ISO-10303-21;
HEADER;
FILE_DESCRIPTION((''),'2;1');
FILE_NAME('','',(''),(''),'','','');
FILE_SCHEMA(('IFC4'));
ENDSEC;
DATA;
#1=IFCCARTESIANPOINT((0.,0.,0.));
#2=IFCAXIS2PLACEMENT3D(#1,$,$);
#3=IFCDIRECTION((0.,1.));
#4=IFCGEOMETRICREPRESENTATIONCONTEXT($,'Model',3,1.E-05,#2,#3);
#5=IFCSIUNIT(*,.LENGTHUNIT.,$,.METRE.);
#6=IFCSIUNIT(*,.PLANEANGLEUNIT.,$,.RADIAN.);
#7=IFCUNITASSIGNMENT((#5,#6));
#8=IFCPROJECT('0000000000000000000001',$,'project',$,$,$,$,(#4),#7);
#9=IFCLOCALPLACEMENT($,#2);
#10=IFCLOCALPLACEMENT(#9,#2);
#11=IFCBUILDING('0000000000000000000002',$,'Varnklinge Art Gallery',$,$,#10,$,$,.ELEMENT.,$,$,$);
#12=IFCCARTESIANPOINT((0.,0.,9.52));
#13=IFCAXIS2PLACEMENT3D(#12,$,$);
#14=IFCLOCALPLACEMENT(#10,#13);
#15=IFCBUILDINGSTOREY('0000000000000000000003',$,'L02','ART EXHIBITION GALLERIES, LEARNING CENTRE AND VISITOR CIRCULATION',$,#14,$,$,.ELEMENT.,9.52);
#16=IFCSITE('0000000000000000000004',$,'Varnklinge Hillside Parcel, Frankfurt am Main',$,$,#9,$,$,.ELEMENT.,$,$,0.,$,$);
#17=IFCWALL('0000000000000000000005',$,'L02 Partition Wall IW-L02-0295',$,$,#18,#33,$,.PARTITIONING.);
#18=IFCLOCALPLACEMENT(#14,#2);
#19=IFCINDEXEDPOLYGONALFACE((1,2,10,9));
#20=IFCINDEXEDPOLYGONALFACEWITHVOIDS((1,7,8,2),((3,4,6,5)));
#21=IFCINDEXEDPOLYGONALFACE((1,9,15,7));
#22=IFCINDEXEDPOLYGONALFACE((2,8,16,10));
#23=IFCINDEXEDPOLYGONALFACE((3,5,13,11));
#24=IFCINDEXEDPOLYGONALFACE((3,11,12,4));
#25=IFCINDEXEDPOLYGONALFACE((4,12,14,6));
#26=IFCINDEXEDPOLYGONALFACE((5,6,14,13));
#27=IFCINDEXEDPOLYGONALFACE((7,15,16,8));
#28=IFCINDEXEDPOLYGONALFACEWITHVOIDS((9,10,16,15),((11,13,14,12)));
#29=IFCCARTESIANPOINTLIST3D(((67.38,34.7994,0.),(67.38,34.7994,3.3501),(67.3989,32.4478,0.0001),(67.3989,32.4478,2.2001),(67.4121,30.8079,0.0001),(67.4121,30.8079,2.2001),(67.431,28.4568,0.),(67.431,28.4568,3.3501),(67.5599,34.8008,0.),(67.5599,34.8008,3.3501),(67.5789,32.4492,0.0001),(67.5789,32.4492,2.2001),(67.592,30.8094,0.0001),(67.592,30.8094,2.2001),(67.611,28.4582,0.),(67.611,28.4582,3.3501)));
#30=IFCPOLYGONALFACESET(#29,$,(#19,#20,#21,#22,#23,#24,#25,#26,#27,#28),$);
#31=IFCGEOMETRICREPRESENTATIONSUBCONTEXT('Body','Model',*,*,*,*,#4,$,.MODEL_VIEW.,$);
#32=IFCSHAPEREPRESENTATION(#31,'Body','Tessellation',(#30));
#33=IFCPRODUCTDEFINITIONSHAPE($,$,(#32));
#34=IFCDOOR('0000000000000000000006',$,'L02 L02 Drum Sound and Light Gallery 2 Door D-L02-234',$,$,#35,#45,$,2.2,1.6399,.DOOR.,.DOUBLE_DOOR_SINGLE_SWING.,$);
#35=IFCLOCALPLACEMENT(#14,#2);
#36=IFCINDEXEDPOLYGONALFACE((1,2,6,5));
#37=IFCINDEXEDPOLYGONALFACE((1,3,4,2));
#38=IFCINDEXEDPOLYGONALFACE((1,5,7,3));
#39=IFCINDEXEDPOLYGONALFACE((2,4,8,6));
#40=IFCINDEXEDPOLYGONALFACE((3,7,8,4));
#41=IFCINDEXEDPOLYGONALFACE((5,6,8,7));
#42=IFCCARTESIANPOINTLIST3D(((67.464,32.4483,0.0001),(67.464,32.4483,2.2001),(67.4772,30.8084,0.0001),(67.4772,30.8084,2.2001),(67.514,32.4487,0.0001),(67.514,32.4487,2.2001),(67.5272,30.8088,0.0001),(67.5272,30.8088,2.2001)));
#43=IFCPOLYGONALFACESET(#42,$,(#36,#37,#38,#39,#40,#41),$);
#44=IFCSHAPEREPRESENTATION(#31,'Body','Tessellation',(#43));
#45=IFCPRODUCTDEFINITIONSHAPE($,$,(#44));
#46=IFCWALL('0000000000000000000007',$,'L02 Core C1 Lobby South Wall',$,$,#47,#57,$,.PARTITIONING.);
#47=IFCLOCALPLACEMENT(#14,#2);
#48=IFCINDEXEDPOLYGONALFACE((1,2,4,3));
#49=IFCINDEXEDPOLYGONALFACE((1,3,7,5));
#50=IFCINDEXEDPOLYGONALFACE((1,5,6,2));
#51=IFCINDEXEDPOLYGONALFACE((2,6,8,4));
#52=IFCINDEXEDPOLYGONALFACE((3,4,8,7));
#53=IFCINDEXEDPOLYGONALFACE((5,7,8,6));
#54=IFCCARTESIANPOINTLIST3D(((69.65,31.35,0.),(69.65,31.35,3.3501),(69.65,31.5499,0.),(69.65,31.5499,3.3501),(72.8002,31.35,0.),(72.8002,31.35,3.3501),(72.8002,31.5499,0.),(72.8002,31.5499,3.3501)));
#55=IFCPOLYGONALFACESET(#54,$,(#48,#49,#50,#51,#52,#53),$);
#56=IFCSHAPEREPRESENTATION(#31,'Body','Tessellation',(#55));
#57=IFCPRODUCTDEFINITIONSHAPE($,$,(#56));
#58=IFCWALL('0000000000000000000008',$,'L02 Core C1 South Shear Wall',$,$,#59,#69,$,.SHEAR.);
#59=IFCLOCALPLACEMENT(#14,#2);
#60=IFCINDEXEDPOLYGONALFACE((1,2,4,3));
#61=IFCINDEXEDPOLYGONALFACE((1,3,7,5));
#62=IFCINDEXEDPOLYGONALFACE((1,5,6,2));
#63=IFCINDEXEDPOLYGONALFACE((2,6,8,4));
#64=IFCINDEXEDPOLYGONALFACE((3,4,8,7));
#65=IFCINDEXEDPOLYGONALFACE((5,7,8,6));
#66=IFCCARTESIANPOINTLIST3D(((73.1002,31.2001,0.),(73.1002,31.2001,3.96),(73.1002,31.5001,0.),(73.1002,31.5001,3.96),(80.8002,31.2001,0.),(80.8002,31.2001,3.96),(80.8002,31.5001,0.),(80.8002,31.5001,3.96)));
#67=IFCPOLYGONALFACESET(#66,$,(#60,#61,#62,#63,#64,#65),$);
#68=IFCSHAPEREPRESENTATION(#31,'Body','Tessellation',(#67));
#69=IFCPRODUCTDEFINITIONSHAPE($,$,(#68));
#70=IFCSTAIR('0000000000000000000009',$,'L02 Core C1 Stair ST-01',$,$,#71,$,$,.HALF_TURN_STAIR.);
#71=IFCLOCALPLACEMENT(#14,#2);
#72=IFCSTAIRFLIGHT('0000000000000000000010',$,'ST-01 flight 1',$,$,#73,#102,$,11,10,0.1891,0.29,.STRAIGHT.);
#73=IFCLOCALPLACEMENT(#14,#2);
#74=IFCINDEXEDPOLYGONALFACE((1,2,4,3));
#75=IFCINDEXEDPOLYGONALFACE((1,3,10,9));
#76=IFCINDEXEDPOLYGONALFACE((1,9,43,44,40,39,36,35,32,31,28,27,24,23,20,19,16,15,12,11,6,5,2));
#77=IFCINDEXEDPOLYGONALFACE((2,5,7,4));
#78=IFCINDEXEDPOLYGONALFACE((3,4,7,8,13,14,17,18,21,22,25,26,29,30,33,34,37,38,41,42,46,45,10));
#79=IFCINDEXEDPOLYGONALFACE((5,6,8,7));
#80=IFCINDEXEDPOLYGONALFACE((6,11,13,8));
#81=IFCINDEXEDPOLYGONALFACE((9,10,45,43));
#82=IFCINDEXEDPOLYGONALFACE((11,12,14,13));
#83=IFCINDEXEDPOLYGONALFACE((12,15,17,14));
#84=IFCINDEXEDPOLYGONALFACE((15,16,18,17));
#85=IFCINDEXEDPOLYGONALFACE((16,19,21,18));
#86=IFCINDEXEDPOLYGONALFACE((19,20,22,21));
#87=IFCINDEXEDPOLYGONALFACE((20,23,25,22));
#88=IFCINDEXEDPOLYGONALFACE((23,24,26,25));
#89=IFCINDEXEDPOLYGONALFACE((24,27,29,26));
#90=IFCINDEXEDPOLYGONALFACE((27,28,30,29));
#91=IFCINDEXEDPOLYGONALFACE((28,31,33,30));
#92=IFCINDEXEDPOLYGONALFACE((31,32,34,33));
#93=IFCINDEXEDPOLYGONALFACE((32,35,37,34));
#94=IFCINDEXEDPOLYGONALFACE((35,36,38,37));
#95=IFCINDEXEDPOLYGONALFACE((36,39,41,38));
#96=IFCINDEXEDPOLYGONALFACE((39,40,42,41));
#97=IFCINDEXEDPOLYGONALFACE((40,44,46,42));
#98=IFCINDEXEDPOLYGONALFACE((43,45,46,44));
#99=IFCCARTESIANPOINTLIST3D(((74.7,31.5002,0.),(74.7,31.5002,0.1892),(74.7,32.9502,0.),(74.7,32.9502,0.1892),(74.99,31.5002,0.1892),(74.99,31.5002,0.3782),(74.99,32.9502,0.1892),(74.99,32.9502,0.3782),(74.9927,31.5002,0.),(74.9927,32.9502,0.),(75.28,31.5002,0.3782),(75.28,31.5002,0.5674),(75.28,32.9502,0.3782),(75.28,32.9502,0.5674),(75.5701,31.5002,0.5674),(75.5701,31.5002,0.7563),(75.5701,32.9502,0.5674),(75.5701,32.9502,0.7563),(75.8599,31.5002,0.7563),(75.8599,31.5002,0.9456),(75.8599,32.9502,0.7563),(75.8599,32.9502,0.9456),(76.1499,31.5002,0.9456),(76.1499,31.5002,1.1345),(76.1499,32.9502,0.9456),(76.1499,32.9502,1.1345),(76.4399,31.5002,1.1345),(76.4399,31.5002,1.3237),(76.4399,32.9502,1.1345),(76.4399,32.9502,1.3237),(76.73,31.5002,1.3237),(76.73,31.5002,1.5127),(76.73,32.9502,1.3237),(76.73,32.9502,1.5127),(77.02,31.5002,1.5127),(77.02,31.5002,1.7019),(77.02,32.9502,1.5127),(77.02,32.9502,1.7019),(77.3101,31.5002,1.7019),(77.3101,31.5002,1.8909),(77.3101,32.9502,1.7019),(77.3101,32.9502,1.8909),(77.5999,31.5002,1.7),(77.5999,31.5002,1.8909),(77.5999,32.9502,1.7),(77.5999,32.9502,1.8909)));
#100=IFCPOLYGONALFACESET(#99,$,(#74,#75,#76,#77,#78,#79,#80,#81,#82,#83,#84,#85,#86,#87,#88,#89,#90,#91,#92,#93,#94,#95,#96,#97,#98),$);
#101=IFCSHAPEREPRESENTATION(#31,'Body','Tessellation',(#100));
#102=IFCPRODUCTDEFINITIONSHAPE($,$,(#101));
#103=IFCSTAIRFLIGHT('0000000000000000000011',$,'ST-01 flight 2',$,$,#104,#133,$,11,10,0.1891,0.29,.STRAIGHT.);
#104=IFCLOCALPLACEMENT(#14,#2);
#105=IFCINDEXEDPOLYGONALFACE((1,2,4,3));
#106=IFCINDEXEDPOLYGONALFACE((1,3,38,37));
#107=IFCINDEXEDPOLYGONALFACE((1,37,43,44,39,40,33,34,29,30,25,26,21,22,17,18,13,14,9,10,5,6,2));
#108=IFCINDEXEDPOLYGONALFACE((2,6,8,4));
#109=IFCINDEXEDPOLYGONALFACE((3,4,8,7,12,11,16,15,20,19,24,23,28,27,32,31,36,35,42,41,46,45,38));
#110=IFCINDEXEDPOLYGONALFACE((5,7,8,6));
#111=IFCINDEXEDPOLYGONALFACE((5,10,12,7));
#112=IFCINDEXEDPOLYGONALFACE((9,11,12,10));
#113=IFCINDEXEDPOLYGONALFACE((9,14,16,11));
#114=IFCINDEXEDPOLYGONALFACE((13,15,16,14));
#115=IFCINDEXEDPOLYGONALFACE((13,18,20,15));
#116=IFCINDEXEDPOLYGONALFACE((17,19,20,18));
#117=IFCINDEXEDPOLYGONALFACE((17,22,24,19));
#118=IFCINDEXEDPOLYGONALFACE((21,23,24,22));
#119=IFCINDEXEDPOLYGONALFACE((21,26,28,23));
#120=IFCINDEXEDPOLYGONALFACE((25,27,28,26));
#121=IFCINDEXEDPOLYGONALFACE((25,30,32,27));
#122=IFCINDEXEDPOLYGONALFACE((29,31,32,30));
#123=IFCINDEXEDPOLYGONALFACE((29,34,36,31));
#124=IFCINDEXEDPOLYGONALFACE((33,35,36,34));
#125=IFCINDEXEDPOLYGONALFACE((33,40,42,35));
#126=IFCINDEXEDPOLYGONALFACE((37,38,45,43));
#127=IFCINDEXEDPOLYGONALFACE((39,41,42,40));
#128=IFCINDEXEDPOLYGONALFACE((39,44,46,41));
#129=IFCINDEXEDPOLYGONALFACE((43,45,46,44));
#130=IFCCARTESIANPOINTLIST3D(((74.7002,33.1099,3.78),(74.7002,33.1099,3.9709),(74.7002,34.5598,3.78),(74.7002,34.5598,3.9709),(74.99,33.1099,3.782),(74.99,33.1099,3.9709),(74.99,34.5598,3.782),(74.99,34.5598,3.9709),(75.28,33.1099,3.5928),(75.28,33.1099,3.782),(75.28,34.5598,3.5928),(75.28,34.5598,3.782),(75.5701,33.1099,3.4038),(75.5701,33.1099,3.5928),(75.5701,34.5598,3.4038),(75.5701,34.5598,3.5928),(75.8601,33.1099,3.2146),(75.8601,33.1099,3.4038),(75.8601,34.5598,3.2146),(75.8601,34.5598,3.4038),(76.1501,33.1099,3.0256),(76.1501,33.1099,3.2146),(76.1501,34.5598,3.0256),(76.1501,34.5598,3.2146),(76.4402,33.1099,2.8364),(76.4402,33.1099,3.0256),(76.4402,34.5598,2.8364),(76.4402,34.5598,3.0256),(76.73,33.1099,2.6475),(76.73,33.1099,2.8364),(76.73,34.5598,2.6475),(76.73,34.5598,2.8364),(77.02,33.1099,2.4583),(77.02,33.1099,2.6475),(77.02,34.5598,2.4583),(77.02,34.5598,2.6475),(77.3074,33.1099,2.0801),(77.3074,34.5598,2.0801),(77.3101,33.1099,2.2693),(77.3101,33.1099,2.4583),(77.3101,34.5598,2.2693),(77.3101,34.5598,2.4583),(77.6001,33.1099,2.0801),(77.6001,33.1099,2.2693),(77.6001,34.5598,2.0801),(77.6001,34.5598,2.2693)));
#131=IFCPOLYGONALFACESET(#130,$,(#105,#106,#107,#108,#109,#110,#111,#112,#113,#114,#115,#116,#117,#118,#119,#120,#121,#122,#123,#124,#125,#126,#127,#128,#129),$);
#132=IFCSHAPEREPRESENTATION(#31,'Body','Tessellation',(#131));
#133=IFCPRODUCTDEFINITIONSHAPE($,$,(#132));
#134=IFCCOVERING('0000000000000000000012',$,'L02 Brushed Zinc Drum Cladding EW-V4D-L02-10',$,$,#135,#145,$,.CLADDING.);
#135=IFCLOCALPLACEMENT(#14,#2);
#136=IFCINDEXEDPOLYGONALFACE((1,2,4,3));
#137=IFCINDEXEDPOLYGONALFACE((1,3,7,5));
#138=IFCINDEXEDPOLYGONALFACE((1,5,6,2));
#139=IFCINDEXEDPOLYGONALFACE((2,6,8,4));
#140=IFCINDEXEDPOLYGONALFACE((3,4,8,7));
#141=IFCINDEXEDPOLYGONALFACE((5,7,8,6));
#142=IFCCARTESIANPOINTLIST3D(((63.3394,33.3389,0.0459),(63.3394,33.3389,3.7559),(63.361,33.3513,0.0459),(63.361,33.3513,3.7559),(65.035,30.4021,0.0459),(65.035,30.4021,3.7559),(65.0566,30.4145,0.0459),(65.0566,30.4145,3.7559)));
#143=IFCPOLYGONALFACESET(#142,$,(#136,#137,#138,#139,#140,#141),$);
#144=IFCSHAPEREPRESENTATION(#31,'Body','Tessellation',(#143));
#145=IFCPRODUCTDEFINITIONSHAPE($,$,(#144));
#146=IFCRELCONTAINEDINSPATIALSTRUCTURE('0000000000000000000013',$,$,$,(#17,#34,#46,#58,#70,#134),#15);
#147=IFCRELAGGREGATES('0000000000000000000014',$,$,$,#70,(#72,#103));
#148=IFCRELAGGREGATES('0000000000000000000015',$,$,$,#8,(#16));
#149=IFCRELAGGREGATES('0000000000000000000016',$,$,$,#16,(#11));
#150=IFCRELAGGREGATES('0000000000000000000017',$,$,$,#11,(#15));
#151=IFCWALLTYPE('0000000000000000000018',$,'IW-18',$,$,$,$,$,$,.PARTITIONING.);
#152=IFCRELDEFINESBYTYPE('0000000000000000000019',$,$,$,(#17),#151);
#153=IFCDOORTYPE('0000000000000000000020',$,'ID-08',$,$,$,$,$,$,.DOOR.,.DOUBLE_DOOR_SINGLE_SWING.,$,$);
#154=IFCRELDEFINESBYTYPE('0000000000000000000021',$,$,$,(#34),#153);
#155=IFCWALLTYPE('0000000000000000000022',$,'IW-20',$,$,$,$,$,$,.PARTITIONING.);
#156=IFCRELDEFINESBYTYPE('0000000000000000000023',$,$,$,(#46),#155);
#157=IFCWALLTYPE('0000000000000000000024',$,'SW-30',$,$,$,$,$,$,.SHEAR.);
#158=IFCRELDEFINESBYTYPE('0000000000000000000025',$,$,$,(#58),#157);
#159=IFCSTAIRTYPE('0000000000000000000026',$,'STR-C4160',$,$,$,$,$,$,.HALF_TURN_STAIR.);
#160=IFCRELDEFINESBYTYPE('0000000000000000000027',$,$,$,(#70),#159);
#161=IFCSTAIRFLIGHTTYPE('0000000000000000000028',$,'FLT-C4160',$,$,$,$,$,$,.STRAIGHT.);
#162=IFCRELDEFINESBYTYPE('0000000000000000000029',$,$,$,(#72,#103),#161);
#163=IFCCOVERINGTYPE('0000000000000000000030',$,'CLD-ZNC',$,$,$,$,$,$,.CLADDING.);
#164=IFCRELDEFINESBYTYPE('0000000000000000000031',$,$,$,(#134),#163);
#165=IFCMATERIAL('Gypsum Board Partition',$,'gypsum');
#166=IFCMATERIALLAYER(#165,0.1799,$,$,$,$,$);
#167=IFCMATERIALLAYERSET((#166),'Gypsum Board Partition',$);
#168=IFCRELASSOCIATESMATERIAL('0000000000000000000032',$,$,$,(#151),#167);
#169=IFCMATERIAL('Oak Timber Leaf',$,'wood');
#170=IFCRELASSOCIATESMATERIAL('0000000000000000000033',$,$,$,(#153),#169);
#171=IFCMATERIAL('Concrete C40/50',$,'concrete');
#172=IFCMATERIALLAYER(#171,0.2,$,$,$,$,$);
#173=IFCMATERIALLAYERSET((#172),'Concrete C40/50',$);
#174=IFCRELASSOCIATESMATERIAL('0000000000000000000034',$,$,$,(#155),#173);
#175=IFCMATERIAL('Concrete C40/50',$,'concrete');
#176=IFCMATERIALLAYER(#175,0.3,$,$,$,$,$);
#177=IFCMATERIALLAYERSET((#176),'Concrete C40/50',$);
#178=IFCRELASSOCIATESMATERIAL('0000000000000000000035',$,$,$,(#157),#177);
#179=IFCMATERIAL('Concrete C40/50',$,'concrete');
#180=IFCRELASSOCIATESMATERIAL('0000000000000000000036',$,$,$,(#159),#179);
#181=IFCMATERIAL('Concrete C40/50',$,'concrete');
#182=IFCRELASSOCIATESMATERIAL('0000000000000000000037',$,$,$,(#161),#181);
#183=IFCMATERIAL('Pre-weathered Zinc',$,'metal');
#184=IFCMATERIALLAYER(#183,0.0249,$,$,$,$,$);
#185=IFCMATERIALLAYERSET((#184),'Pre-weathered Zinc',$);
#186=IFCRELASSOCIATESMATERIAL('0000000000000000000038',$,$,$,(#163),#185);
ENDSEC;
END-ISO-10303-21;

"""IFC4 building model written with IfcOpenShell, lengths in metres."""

from ifc_helpers import new_model, si_unit, direction, frame, frame_2d, origin, origin_2d, place, context, subcontext, project, spatial, polyline, rectangle, outline, extrude, material, layer, layer_set, type_object, element, fill, aggregate, save


model = new_model("IFC4")

# Units and contexts
model_context = context("Model", 3, precision=1e-05, world=origin(), true_north=direction((0.0, 1.0)))
body_context = subcontext(model_context, "Body", "Model", "MODEL_VIEW")
ifc_project = project(units=[si_unit("LENGTHUNIT", "METRE"), si_unit("PLANEANGLEUNIT", "RADIAN")], contexts=[model_context])

# Site, building, storey
site_placement = place(None, origin())
site = spatial("IfcSite", under=ifc_project, at=site_placement, Name="Varnklinge Hillside Parcel, Frankfurt am Main", CompositionType="ELEMENT", RefElevation=0.0)
building_placement = place(site_placement, origin())
building = spatial("IfcBuilding", under=site, at=building_placement, Name="Varnklinge Art Gallery", CompositionType="ELEMENT")
storey_placement = place(building_placement, frame((0.0, 0.0, 9.52)))
storey = spatial("IfcBuildingStorey", under=building, at=storey_placement, Name="L02", Description="ART EXHIBITION GALLERIES, LEARNING CENTRE AND VISITOR CIRCULATION", CompositionType="ELEMENT", Elevation=9.52)

# Wall, opening, door
ifc_material_1 = material(Name="Gypsum Board Partition", Category="gypsum")
ifc_layer_1 = layer(ifc_material_1, 0.1799)
ifc_layer_set_1 = layer_set([ifc_layer_1], Name="Gypsum Board Partition")
wall_type_1 = type_object("IfcWallType", Name="IW-18", PredefinedType="PARTITIONING", material=ifc_layer_set_1)
wall_1_placement = place(storey_placement, frame((67.521, 28.4575, 0.0), z_axis=(0.0, 0.0, 1.0), x_axis=(-0.008045, 0.999968, 0.0)))
wall_1 = element("IfcWall", 1, at=wall_1_placement, inside=storey, type_object=wall_type_1, Name="L02 Partition Wall IW-L02-0295", PredefinedType="PARTITIONING", context=body_context, shape_type="SweptSolid", body=[
    extrude(rectangle(XDim=6.3428, YDim=0.1799, at=frame_2d((3.1714, 0.0))), origin(), (0.0, 0.0, 1.0), 3.3501),
])
opening_1_placement = place(wall_1_placement, frame((2.3513, 0.0, 0.0)))
opening_1 = element("IfcOpeningElement", 2, at=opening_1_placement, cuts=wall_1, PredefinedType="OPENING", context=body_context, shape_type="SweptSolid", body=[
    extrude(rectangle(XDim=1.6399, YDim=2.2, at=frame_2d((0.8198, 1.1001))), frame((0.0, 0.0999, 0.0), z_axis=(0.0, -1.0, 0.0), x_axis=(1.0, 0.0, 0.0)), (0.0, 0.0, 1.0), 0.2),
])
ifc_material_2 = material(Name="Oak Timber Leaf", Category="wood")
door_type_1 = type_object("IfcDoorType", Name="ID-08", OperationType="DOUBLE_DOOR_SINGLE_SWING", PredefinedType="DOOR", material=ifc_material_2)
door_1_placement = place(opening_1_placement, origin())
door_1 = element("IfcDoor", 3, at=door_1_placement, inside=storey, type_object=door_type_1, Name="L02 L02 Drum Sound and Light Gallery 2 Door D-L02-234", OperationType="DOUBLE_DOOR_SINGLE_SWING", OverallHeight=2.2, OverallWidth=1.6399, PredefinedType="DOOR", context=body_context, shape_type="SweptSolid", body=[
    extrude(rectangle(XDim=1.6399, YDim=2.2, at=frame_2d((0.8198, 1.1001))), frame((0.0, 0.0249, 0.0), z_axis=(0.0, -1.0, 0.0), x_axis=(1.0, 0.0, 0.0)), (0.0, 0.0, 1.0), 0.05),
])
fill(opening_1, door_1)

# Wall
ifc_material_3 = material(Name="Concrete C40/50", Category="concrete")
ifc_layer_2 = layer(ifc_material_3, 0.2)
ifc_layer_set_2 = layer_set([ifc_layer_2], Name="Concrete C40/50")
wall_type_2 = type_object("IfcWallType", Name="IW-20", PredefinedType="PARTITIONING", material=ifc_layer_set_2)
wall_2_placement = place(storey_placement, frame((69.6499, 31.45, 0.0), z_axis=(0.0, 0.0, 1.0), x_axis=(1.0, 0.0, 0.0)))
element("IfcWall", 4, at=wall_2_placement, inside=storey, type_object=wall_type_2, Name="L02 Core C1 Lobby South Wall", PredefinedType="PARTITIONING", context=body_context, shape_type="SweptSolid", body=[
    extrude(rectangle(XDim=3.1501, YDim=0.2, at=frame_2d((1.5752, 0.0))), origin(), (0.0, 0.0, 1.0), 3.3501),
])

# Wall
ifc_material_4 = material(Name="Concrete C40/50", Category="concrete")
ifc_layer_3 = layer(ifc_material_4, 0.3)
ifc_layer_set_3 = layer_set([ifc_layer_3], Name="Concrete C40/50")
wall_type_3 = type_object("IfcWallType", Name="SW-30", PredefinedType="SHEAR", material=ifc_layer_set_3)
wall_3_placement = place(storey_placement, frame((73.1001, 31.3501, 0.0), z_axis=(0.0, 0.0, 1.0), x_axis=(1.0, 0.0, 0.0)))
element("IfcWall", 5, at=wall_3_placement, inside=storey, type_object=wall_type_3, Name="L02 Core C1 South Shear Wall", PredefinedType="SHEAR", context=body_context, shape_type="SweptSolid", body=[
    extrude(rectangle(XDim=7.7, YDim=0.3, at=frame_2d((3.8501, 0.0))), origin(), (0.0, 0.0, 1.0), 3.96),
])

# Stair, stair flights
ifc_material_5 = material(Name="Concrete C40/50", Category="concrete")
stair_type = type_object("IfcStairType", Name="STR-C4160", PredefinedType="HALF_TURN_STAIR", material=ifc_material_5)
stair_placement = place(storey_placement, origin())
stair = element("IfcStair", 6, at=stair_placement, inside=storey, type_object=stair_type, Name="L02 Core C1 Stair ST-01", PredefinedType="HALF_TURN_STAIR")
ifc_material_6 = material(Name="Concrete C40/50", Category="concrete")
stair_flight_type = type_object("IfcStairFlightType", Name="FLT-C4160", PredefinedType="STRAIGHT", material=ifc_material_6)
stair_flight_1_placement = place(storey_placement, frame((74.7, 32.2251, 0.0), z_axis=(0.0, 0.0, 1.0), x_axis=(1.0, 0.0, 0.0)))
stair_flight_1 = element("IfcStairFlight", 7, at=stair_flight_1_placement, type_object=stair_flight_type, Name="ST-01 flight 1", NumberOfRisers=11, NumberOfTreads=10, PredefinedType="STRAIGHT", RiserHeight=0.1891, TreadLength=0.29, context=body_context, shape_type="SweptSolid", body=[
    extrude(outline(polyline([(0.0, 0.0), (0.0, 0.1892), (0.29, 0.1892), (0.29, 0.3782), (0.5801, 0.3782), (0.5801, 0.5674), (0.8701, 0.5674), (0.8701, 0.7563), (1.1599, 0.7563), (1.1599, 0.9456), (1.45, 0.9456), (1.45, 1.1345), (1.74, 1.1345), (1.74, 1.3237), (2.03, 1.3237), (2.03, 1.5127), (2.3201, 1.5127), (2.3201, 1.7019), (2.6101, 1.7019), (2.6101, 1.8909), (2.8999, 1.8909), (2.8999, 2.0801), (2.8999, 1.7), (0.2927, 0.0), (0.0, 0.0)])), frame((0.0, 0.7251, 0.0), z_axis=(0.0, -1.0, 0.0), x_axis=(1.0, 0.0, 0.0)), (0.0, 0.0, 1.0), 1.45),
])
stair_flight_2_placement = place(storey_placement, frame((77.6001, 33.835, 2.0801), z_axis=(0.0, 0.0, 1.0), x_axis=(-1.0, 0.0, 0.0)))
stair_flight_2 = element("IfcStairFlight", 8, at=stair_flight_2_placement, type_object=stair_flight_type, Name="ST-01 flight 2", NumberOfRisers=11, NumberOfTreads=10, PredefinedType="STRAIGHT", RiserHeight=0.1891, TreadLength=0.29, context=body_context, shape_type="SweptSolid", body=[
    extrude(outline(polyline([(0.0, 0.0), (0.0, 0.1892), (0.29, 0.1892), (0.29, 0.3782), (0.5801, 0.3782), (0.5801, 0.5674), (0.8701, 0.5674), (0.8701, 0.7563), (1.1599, 0.7563), (1.1599, 0.9456), (1.45, 0.9456), (1.45, 1.1345), (1.74, 1.1345), (1.74, 1.3237), (2.03, 1.3237), (2.03, 1.5127), (2.3201, 1.5127), (2.3201, 1.7019), (2.6101, 1.7019), (2.6101, 1.8909), (2.8999, 1.8909), (2.8999, 2.0801), (2.8999, 1.7), (0.2927, 0.0), (0.0, 0.0)])), frame((0.0, 0.7251, 0.0), z_axis=(0.0, -1.0, 0.0), x_axis=(1.0, 0.0, 0.0)), (0.0, 0.0, 1.0), 1.45),
])
aggregate(stair, [stair_flight_1, stair_flight_2])

# Covering
ifc_material_7 = material(Name="Pre-weathered Zinc", Category="metal")
ifc_layer_4 = layer(ifc_material_7, 0.0249)
ifc_layer_set_4 = layer_set([ifc_layer_4], Name="Pre-weathered Zinc")
covering_type = type_object("IfcCoveringType", Name="CLD-ZNC", PredefinedType="CLADDING", material=ifc_layer_set_4)
covering_placement = place(storey_placement, frame((64.198, 31.8767, 0.0459), z_axis=(0.0, 0.0, 1.0), x_axis=(-0.5, 0.866025, 0.0)))
element("IfcCovering", 9, at=covering_placement, inside=storey, type_object=covering_type, Name="L02 Brushed Zinc Drum Cladding EW-V4D-L02-10", PredefinedType="CLADDING", context=body_context, shape_type="SweptSolid", body=[
    extrude(rectangle(XDim=3.3911, YDim=0.0249, at=origin_2d()), origin(), (0.0, 0.0, 1.0), 3.71),
])

save(model, "model.ifc")
